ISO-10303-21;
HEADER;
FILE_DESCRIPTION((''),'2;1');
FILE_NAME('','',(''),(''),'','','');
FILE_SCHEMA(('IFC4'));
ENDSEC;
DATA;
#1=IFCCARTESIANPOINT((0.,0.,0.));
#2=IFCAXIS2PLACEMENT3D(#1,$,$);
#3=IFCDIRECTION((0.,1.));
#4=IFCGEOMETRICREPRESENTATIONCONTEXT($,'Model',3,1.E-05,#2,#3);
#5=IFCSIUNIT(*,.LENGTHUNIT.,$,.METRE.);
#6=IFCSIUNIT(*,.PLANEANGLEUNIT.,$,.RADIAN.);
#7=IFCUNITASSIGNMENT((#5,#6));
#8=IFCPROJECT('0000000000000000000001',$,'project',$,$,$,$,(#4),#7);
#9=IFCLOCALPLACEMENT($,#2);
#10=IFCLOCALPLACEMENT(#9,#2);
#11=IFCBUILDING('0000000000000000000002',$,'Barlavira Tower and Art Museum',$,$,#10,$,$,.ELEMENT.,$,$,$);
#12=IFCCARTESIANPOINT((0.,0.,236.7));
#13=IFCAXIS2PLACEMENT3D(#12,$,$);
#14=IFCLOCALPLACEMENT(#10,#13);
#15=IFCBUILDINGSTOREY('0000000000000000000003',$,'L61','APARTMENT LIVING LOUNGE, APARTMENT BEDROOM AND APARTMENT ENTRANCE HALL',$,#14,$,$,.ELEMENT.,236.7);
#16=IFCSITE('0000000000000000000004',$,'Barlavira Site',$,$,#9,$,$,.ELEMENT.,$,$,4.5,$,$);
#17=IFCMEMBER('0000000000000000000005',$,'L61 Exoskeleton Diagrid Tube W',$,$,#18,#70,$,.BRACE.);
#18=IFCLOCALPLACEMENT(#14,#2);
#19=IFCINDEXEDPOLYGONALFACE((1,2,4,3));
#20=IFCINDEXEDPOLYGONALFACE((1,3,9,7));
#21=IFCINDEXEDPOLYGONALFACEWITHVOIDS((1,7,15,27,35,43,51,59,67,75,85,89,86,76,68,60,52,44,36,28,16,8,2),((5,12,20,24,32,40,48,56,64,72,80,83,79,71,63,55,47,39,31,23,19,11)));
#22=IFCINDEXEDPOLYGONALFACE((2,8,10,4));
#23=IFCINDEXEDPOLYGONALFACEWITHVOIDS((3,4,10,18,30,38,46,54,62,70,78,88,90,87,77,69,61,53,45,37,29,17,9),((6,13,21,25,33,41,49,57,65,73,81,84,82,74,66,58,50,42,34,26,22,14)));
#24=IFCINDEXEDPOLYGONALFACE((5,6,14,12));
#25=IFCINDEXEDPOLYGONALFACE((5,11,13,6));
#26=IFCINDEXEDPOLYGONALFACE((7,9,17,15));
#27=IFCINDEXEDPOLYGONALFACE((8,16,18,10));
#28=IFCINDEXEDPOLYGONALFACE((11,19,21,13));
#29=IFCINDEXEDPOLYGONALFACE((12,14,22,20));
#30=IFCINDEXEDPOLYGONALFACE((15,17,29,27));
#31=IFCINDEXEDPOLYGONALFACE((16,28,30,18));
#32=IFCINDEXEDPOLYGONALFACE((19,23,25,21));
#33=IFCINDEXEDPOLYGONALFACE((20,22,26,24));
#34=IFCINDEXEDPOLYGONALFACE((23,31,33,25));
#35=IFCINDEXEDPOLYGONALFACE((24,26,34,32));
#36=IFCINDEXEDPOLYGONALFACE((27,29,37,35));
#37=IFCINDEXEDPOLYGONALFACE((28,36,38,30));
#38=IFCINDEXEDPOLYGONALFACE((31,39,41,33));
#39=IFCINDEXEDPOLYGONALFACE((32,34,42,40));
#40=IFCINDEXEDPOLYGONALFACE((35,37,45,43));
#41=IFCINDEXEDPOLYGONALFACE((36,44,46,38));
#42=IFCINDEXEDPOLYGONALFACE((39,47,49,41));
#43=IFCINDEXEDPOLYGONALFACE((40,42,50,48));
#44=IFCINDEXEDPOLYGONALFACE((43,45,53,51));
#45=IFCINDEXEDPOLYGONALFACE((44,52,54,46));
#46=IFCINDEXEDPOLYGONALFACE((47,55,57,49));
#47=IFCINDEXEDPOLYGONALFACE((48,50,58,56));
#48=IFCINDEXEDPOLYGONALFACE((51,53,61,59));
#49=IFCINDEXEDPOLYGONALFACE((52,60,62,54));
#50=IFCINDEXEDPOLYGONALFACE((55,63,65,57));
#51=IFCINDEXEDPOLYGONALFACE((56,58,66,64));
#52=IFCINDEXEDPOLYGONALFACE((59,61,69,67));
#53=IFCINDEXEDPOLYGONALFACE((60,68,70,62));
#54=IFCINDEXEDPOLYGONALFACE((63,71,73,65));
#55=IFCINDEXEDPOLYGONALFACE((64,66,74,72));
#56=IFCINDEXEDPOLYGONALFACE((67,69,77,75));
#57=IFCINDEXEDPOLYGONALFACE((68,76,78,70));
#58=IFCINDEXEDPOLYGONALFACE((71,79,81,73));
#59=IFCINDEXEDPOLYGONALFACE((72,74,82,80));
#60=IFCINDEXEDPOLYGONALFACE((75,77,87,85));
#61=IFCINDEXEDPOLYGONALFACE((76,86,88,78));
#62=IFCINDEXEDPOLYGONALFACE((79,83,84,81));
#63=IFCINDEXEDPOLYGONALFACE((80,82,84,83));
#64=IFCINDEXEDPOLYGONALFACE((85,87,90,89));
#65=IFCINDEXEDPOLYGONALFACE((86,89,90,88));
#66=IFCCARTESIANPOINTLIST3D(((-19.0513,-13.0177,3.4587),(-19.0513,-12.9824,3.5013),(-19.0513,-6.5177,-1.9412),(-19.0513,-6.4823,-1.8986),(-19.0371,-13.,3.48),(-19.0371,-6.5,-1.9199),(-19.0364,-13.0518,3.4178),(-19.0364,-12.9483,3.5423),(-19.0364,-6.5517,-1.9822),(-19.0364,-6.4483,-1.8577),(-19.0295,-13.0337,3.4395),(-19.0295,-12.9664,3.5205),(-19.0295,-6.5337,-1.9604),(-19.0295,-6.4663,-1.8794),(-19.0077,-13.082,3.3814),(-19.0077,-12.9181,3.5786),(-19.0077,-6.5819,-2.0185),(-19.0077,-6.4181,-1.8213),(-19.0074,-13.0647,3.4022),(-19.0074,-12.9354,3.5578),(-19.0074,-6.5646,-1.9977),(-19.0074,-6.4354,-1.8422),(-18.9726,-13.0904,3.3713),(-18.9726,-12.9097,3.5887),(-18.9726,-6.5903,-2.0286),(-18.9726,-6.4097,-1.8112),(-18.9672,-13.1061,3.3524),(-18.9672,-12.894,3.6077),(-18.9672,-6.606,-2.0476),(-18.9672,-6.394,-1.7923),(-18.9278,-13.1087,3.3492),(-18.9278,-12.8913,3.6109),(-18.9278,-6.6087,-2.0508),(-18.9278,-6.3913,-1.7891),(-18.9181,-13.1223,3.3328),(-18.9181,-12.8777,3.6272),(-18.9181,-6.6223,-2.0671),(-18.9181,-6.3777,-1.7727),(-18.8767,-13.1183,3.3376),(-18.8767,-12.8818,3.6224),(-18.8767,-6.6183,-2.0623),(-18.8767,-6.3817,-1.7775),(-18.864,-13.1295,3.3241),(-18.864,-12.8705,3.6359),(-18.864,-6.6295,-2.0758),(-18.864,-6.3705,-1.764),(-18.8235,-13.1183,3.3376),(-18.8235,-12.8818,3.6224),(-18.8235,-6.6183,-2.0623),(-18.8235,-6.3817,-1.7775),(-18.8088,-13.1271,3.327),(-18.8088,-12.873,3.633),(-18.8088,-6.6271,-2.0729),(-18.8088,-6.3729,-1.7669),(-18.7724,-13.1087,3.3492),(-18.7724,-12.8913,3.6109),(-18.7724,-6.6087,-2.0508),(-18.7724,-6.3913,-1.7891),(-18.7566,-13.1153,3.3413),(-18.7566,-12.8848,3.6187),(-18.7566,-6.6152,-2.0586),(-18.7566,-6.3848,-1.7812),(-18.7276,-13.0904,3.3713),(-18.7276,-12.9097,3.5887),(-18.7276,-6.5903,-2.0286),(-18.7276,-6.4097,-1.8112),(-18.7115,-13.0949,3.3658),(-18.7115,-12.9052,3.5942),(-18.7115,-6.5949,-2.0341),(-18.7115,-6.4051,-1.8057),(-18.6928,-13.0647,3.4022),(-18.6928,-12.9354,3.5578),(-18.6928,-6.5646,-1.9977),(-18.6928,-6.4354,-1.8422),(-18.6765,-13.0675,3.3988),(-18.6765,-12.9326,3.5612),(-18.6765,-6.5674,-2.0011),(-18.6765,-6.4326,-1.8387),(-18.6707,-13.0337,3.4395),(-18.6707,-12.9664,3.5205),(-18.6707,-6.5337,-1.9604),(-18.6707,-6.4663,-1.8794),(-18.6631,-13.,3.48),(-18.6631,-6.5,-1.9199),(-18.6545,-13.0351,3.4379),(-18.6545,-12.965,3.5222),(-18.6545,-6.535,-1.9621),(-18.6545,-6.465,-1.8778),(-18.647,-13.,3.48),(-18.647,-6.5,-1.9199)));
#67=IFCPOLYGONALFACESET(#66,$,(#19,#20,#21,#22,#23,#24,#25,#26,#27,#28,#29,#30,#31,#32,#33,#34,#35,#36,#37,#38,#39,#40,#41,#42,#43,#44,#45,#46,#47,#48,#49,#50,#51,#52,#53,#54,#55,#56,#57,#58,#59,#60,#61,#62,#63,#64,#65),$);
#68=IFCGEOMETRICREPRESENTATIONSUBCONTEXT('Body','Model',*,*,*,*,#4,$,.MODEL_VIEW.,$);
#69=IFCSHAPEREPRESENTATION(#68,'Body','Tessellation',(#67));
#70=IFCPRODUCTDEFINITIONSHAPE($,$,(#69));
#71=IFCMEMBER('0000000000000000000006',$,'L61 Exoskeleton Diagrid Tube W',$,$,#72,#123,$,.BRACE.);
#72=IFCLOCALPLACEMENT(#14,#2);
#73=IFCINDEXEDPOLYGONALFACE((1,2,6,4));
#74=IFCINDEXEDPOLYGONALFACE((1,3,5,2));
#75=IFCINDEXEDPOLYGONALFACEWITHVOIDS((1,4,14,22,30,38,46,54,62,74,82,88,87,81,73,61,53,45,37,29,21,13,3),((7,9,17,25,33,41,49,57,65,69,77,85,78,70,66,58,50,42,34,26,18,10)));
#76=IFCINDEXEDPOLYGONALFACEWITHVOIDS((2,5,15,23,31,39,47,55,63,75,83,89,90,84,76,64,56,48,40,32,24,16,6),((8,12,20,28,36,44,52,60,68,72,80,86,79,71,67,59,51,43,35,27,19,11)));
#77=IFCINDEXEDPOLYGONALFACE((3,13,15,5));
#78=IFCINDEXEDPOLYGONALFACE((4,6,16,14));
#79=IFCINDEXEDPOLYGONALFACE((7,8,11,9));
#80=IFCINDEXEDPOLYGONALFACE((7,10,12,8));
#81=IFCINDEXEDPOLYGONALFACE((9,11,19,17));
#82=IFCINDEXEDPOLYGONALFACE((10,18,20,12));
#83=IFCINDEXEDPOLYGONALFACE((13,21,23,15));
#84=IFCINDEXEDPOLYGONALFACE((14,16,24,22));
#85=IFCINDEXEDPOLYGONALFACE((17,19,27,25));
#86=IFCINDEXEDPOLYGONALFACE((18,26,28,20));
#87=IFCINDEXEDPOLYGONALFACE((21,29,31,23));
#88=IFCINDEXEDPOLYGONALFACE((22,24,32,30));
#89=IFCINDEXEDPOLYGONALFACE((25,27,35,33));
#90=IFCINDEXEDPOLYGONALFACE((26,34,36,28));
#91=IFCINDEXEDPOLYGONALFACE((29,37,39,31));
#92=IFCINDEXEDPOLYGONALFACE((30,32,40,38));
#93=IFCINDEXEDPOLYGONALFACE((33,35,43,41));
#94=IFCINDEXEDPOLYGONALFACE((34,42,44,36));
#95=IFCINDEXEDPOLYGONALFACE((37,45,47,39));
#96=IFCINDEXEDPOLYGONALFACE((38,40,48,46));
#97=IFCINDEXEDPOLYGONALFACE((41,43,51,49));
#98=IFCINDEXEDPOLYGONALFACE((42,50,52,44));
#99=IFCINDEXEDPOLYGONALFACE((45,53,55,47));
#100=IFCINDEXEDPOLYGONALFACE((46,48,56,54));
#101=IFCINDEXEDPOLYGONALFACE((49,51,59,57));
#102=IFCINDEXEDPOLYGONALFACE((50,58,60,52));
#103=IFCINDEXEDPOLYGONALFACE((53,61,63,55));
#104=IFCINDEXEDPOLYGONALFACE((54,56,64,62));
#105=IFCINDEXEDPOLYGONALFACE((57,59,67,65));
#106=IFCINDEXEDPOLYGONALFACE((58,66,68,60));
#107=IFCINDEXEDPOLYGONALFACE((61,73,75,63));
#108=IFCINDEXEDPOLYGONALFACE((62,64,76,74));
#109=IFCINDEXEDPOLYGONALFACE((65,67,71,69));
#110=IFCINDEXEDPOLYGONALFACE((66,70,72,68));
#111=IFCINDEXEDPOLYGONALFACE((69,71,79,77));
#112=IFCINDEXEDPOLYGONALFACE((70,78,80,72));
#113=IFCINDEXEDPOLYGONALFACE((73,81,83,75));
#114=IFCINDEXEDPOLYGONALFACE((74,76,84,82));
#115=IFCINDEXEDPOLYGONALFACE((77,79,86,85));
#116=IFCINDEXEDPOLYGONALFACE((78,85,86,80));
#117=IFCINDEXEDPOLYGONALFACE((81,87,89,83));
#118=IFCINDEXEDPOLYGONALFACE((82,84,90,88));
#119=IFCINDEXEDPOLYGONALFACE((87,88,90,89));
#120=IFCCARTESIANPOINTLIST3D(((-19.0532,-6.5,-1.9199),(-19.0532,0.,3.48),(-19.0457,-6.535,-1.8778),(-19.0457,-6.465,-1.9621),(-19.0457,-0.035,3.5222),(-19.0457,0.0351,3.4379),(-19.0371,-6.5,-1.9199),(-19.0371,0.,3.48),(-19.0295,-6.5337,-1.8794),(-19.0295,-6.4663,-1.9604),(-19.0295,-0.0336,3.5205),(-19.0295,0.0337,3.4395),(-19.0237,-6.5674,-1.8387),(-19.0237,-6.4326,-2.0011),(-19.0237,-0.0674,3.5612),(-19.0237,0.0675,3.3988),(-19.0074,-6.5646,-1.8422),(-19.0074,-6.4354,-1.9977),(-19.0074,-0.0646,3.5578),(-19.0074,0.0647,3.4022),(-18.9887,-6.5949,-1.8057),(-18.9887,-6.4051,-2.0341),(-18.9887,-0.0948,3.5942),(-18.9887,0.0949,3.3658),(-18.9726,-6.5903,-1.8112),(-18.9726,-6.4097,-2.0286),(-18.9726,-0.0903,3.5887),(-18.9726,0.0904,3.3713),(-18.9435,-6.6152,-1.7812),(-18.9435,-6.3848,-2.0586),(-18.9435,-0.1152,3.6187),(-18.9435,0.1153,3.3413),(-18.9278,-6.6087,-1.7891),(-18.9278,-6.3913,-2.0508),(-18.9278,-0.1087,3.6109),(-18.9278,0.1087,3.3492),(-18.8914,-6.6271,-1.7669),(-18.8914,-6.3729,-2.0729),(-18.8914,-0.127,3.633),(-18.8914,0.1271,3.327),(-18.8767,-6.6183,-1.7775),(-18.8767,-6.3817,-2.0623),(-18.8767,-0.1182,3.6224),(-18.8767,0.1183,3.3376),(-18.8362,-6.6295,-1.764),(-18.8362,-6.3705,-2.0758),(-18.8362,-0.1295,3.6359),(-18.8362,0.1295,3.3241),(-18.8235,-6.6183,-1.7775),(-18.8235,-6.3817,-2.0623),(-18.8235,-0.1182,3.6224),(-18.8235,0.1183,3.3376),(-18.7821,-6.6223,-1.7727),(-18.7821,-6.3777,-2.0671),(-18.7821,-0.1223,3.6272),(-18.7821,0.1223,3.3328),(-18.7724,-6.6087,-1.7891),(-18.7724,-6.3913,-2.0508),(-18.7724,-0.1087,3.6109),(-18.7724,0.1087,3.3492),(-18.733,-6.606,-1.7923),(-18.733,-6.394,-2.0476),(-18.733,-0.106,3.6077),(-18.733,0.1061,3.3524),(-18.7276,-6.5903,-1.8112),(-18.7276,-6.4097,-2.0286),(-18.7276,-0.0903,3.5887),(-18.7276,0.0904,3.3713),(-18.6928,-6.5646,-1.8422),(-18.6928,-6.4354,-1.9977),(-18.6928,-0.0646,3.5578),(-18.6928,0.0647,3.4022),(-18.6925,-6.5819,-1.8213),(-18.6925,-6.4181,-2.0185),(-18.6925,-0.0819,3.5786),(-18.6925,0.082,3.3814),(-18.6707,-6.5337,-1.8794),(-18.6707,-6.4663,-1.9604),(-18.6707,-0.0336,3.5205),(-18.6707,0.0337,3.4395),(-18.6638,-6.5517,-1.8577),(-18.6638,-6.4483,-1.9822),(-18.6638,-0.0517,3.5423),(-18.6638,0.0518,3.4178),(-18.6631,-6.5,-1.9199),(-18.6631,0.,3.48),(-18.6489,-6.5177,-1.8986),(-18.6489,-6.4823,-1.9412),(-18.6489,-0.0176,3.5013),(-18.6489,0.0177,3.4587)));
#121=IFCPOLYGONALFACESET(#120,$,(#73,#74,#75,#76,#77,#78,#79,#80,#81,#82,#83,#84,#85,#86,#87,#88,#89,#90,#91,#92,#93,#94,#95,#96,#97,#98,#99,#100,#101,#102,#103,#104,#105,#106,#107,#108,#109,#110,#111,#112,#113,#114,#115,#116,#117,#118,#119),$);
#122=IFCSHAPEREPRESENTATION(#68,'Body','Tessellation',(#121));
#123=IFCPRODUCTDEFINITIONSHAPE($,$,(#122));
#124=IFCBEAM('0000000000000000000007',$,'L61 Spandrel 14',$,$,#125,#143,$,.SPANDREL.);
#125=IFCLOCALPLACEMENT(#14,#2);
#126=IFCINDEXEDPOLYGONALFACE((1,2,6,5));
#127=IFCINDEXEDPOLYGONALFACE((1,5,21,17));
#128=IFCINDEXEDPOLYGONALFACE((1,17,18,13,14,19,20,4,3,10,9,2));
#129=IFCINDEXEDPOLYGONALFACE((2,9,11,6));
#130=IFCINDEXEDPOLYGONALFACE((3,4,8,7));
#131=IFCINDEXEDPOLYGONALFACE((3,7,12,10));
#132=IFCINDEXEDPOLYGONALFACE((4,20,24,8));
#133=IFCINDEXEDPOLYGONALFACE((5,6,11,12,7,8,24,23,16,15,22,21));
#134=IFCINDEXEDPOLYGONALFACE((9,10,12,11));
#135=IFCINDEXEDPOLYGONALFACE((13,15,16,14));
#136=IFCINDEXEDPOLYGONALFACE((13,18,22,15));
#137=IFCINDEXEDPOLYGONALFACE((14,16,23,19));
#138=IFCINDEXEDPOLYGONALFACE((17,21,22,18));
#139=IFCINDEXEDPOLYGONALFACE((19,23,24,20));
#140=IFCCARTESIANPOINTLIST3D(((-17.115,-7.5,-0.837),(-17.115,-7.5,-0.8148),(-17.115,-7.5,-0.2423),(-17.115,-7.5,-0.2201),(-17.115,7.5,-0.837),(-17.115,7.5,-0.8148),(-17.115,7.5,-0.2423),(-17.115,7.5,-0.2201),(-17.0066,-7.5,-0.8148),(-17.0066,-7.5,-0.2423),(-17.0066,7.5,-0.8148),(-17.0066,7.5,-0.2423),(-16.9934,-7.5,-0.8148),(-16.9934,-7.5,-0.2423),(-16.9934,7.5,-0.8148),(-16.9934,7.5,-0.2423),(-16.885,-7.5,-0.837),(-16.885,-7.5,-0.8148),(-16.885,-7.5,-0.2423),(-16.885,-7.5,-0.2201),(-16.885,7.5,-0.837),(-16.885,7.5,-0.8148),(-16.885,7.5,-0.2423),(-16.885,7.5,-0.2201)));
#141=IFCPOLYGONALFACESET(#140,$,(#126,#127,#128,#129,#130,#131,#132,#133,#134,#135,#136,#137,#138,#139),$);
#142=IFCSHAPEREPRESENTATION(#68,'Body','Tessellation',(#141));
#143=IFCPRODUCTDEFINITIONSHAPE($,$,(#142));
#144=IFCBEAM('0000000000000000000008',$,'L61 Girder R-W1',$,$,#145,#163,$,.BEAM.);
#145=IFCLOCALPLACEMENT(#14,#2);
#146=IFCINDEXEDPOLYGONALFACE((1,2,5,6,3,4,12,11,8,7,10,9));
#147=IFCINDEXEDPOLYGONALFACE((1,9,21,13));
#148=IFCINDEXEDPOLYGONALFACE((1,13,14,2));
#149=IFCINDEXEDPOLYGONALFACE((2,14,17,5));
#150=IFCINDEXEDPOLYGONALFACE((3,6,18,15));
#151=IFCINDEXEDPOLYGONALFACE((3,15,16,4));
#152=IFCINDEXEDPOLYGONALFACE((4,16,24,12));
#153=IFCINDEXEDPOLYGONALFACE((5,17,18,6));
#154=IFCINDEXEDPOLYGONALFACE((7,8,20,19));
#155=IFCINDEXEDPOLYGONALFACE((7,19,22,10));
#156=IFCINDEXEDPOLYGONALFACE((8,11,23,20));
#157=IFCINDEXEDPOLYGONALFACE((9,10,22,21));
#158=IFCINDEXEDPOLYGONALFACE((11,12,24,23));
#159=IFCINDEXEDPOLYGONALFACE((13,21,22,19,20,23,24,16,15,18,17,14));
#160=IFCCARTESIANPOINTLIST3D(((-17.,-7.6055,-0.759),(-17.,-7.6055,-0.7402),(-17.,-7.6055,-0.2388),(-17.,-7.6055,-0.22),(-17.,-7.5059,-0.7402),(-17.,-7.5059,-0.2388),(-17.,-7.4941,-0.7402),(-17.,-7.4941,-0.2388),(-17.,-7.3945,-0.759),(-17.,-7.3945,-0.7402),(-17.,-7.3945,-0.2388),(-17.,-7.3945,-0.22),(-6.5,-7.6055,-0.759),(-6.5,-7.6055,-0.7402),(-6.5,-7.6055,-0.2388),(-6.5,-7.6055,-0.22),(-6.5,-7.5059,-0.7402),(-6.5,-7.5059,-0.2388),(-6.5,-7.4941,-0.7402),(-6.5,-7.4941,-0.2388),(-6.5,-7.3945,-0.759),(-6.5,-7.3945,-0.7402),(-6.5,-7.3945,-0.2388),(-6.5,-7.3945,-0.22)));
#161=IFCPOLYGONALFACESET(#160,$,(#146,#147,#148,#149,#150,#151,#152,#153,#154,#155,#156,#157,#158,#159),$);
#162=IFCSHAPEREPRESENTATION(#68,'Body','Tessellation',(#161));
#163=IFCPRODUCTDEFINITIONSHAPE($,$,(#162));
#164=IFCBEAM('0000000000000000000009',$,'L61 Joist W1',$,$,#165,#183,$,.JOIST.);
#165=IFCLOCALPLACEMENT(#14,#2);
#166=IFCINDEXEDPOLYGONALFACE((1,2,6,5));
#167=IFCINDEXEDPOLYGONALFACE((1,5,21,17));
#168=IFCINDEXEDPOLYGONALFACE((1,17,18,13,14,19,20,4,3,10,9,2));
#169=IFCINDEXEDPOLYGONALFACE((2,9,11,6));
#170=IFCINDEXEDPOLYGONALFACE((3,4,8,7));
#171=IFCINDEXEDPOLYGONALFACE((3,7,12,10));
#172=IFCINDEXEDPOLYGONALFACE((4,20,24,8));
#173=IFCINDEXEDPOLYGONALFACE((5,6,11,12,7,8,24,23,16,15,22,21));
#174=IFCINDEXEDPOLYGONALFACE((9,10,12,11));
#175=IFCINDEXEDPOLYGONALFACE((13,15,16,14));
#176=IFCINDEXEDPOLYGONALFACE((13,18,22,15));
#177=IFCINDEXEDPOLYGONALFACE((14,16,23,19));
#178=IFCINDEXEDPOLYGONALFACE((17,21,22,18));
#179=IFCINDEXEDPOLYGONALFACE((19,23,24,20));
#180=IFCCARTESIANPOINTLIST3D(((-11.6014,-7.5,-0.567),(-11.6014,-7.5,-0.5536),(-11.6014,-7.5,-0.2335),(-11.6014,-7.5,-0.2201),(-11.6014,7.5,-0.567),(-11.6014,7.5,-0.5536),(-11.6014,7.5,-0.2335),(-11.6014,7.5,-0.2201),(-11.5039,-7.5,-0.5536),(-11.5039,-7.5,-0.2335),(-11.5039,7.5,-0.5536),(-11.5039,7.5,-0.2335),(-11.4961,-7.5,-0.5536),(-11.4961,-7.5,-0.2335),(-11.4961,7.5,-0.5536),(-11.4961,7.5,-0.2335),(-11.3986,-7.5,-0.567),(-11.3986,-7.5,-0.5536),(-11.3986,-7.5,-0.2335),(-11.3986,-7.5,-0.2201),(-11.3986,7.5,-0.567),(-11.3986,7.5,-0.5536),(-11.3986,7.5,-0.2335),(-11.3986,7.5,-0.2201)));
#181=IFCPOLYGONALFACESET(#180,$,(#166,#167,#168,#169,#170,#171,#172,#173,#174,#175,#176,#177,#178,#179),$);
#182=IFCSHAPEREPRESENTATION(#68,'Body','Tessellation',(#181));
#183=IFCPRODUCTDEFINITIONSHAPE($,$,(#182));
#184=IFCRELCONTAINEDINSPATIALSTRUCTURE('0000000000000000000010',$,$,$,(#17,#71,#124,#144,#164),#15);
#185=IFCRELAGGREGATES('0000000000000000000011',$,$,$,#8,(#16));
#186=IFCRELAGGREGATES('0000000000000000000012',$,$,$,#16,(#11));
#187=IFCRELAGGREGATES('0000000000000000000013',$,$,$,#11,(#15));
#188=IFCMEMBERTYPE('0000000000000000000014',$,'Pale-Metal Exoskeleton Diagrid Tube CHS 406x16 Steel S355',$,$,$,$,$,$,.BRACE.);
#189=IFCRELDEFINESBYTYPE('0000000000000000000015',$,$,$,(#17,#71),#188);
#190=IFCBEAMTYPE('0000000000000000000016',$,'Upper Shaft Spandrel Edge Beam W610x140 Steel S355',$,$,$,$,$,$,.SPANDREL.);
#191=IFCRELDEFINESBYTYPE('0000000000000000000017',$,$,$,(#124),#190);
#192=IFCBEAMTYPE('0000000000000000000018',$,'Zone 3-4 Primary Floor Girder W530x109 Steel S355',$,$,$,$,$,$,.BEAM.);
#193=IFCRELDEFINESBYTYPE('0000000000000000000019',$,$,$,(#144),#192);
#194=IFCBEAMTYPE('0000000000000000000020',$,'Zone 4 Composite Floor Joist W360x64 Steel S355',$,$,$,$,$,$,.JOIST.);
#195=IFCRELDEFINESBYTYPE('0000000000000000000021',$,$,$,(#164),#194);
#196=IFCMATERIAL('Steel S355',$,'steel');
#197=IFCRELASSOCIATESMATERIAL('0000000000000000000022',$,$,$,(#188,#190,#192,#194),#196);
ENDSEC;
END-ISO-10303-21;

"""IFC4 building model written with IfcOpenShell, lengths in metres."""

from ifc_helpers import new_model, si_unit, direction, frame, origin, origin_2d, place, context, subcontext, project, spatial, hollow_circle, i_section, extrude, material, material_profile, profile_set, type_object, element, save


model = new_model("IFC4")

# Units and contexts
model_context = context("Model", 3, precision=1e-05, world=origin(), true_north=direction((0.0, 1.0)))
body_context = subcontext(model_context, "Body", "Model", "MODEL_VIEW")
ifc_project = project(units=[si_unit("LENGTHUNIT", "METRE"), si_unit("PLANEANGLEUNIT", "RADIAN")], contexts=[model_context])

# Site, building, storey
site_placement = place(None, origin())
site = spatial("IfcSite", under=ifc_project, at=site_placement, Name="Barlavira Site", CompositionType="ELEMENT", RefElevation=4.5)
building_placement = place(site_placement, origin())
building = spatial("IfcBuilding", under=site, at=building_placement, Name="Barlavira Tower and Art Museum", CompositionType="ELEMENT")
storey_placement = place(building_placement, frame((0.0, 0.0, 236.7)))
storey = spatial("IfcBuildingStorey", under=building, at=storey_placement, Name="L61", Description="APARTMENT LIVING LOUNGE, APARTMENT BEDROOM AND APARTMENT ENTRANCE HALL", CompositionType="ELEMENT", Elevation=236.7)

# Members
ifc_material_1 = material(Name="Steel S355", Category="steel")
ifc_material_profile_1 = material_profile(ifc_material_1, hollow_circle(Radius=0.2031, WallThickness=0.0161, at=origin_2d()), Name="CHS 406.4x16.0")
ifc_profile_set_1 = profile_set([ifc_material_profile_1], Name="Steel S355")
member_type_1 = type_object("IfcMemberType", Name="Pale-Metal Exoskeleton Diagrid Tube CHS 406x16 Steel S355", PredefinedType="BRACE", material=ifc_profile_set_1)
for number, where, z_axis, x_axis, name in (
    (1, (-18.8501, -6.5, -1.9199), (0.0, -0.769196, 0.639013), (1.0, 0.0, 0.0), "L61 Exoskeleton Diagrid Tube W"),
    (2, (-18.8501, -6.5, -1.9199), (0.0, 0.769196, 0.639013), (-1.0, 0.0, 0.0), "L61 Exoskeleton Diagrid Tube W"),
):
    element("IfcMember", number, at=place(storey_placement, frame(where, z_axis=z_axis, x_axis=x_axis)), inside=storey, type_object=member_type_1, Name=name, PredefinedType="BRACE", context=body_context, shape_type="SweptSolid", body=[
        extrude(hollow_circle(Radius=0.2031, WallThickness=0.0161, at=origin_2d()), origin(), (0.0, 0.0, 1.0), 8.4504),
    ])

# Beams
ifc_material_profile_2 = material_profile(ifc_material_1, i_section(OverallWidth=0.23, OverallDepth=0.6169, WebThickness=0.0132, FlangeThickness=0.0222, at=origin_2d()), Name="W610x140.0")
ifc_profile_set_2 = profile_set([ifc_material_profile_2], Name="Steel S355")
beam_type_1 = type_object("IfcBeamType", Name="Upper Shaft Spandrel Edge Beam W610x140 Steel S355", PredefinedType="SPANDREL", material=ifc_profile_set_2)
beam_1_placement = place(storey_placement, frame((-17.0, -7.5, -0.5286), z_axis=(0.0, 1.0, 0.0), x_axis=(-1.0, 0.0, 0.0)))
element("IfcBeam", 3, at=beam_1_placement, inside=storey, type_object=beam_type_1, Name="L61 Spandrel 14", PredefinedType="SPANDREL", context=body_context, shape_type="SweptSolid", body=[
    extrude(i_section(OverallWidth=0.23, OverallDepth=0.6169, WebThickness=0.0132, FlangeThickness=0.0222, at=origin_2d()), origin(), (0.0, 0.0, 1.0), 15.0),
])
ifc_material_profile_3 = material_profile(ifc_material_1, i_section(OverallWidth=0.2109, OverallDepth=0.5391, WebThickness=0.0117, FlangeThickness=0.0188, at=origin_2d()), Name="W530x109.0")
ifc_profile_set_3 = profile_set([ifc_material_profile_3], Name="Steel S355")
beam_type_2 = type_object("IfcBeamType", Name="Zone 3-4 Primary Floor Girder W530x109 Steel S355", PredefinedType="BEAM", material=ifc_profile_set_3)
beam_2_placement = place(storey_placement, frame((-17.0, -7.5, -0.4895), z_axis=(1.0, 0.0, 0.0), x_axis=(0.0, 1.0, 0.0)))
element("IfcBeam", 4, at=beam_2_placement, inside=storey, type_object=beam_type_2, Name="L61 Girder R-W1", PredefinedType="BEAM", context=body_context, shape_type="SweptSolid", body=[
    extrude(i_section(OverallWidth=0.2109, OverallDepth=0.5391, WebThickness=0.0117, FlangeThickness=0.0188, at=origin_2d()), origin(), (0.0, 0.0, 1.0), 10.5),
])
ifc_material_profile_4 = material_profile(ifc_material_1, i_section(OverallWidth=0.2029, OverallDepth=0.3469, WebThickness=0.0078, FlangeThickness=0.0134, at=origin_2d()), Name="W360x64.0")
ifc_profile_set_4 = profile_set([ifc_material_profile_4], Name="Steel S355")
beam_type_3 = type_object("IfcBeamType", Name="Zone 4 Composite Floor Joist W360x64 Steel S355", PredefinedType="JOIST", material=ifc_profile_set_4)
beam_3_placement = place(storey_placement, frame((-11.5, -7.5, -0.3936), z_axis=(0.0, 1.0, 0.0), x_axis=(-1.0, 0.0, 0.0)))
element("IfcBeam", 5, at=beam_3_placement, inside=storey, type_object=beam_type_3, Name="L61 Joist W1", PredefinedType="JOIST", context=body_context, shape_type="SweptSolid", body=[
    extrude(i_section(OverallWidth=0.2029, OverallDepth=0.3469, WebThickness=0.0078, FlangeThickness=0.0134, at=origin_2d()), origin(), (0.0, 0.0, 1.0), 15.0),
])

save(model, "model.ifc")
